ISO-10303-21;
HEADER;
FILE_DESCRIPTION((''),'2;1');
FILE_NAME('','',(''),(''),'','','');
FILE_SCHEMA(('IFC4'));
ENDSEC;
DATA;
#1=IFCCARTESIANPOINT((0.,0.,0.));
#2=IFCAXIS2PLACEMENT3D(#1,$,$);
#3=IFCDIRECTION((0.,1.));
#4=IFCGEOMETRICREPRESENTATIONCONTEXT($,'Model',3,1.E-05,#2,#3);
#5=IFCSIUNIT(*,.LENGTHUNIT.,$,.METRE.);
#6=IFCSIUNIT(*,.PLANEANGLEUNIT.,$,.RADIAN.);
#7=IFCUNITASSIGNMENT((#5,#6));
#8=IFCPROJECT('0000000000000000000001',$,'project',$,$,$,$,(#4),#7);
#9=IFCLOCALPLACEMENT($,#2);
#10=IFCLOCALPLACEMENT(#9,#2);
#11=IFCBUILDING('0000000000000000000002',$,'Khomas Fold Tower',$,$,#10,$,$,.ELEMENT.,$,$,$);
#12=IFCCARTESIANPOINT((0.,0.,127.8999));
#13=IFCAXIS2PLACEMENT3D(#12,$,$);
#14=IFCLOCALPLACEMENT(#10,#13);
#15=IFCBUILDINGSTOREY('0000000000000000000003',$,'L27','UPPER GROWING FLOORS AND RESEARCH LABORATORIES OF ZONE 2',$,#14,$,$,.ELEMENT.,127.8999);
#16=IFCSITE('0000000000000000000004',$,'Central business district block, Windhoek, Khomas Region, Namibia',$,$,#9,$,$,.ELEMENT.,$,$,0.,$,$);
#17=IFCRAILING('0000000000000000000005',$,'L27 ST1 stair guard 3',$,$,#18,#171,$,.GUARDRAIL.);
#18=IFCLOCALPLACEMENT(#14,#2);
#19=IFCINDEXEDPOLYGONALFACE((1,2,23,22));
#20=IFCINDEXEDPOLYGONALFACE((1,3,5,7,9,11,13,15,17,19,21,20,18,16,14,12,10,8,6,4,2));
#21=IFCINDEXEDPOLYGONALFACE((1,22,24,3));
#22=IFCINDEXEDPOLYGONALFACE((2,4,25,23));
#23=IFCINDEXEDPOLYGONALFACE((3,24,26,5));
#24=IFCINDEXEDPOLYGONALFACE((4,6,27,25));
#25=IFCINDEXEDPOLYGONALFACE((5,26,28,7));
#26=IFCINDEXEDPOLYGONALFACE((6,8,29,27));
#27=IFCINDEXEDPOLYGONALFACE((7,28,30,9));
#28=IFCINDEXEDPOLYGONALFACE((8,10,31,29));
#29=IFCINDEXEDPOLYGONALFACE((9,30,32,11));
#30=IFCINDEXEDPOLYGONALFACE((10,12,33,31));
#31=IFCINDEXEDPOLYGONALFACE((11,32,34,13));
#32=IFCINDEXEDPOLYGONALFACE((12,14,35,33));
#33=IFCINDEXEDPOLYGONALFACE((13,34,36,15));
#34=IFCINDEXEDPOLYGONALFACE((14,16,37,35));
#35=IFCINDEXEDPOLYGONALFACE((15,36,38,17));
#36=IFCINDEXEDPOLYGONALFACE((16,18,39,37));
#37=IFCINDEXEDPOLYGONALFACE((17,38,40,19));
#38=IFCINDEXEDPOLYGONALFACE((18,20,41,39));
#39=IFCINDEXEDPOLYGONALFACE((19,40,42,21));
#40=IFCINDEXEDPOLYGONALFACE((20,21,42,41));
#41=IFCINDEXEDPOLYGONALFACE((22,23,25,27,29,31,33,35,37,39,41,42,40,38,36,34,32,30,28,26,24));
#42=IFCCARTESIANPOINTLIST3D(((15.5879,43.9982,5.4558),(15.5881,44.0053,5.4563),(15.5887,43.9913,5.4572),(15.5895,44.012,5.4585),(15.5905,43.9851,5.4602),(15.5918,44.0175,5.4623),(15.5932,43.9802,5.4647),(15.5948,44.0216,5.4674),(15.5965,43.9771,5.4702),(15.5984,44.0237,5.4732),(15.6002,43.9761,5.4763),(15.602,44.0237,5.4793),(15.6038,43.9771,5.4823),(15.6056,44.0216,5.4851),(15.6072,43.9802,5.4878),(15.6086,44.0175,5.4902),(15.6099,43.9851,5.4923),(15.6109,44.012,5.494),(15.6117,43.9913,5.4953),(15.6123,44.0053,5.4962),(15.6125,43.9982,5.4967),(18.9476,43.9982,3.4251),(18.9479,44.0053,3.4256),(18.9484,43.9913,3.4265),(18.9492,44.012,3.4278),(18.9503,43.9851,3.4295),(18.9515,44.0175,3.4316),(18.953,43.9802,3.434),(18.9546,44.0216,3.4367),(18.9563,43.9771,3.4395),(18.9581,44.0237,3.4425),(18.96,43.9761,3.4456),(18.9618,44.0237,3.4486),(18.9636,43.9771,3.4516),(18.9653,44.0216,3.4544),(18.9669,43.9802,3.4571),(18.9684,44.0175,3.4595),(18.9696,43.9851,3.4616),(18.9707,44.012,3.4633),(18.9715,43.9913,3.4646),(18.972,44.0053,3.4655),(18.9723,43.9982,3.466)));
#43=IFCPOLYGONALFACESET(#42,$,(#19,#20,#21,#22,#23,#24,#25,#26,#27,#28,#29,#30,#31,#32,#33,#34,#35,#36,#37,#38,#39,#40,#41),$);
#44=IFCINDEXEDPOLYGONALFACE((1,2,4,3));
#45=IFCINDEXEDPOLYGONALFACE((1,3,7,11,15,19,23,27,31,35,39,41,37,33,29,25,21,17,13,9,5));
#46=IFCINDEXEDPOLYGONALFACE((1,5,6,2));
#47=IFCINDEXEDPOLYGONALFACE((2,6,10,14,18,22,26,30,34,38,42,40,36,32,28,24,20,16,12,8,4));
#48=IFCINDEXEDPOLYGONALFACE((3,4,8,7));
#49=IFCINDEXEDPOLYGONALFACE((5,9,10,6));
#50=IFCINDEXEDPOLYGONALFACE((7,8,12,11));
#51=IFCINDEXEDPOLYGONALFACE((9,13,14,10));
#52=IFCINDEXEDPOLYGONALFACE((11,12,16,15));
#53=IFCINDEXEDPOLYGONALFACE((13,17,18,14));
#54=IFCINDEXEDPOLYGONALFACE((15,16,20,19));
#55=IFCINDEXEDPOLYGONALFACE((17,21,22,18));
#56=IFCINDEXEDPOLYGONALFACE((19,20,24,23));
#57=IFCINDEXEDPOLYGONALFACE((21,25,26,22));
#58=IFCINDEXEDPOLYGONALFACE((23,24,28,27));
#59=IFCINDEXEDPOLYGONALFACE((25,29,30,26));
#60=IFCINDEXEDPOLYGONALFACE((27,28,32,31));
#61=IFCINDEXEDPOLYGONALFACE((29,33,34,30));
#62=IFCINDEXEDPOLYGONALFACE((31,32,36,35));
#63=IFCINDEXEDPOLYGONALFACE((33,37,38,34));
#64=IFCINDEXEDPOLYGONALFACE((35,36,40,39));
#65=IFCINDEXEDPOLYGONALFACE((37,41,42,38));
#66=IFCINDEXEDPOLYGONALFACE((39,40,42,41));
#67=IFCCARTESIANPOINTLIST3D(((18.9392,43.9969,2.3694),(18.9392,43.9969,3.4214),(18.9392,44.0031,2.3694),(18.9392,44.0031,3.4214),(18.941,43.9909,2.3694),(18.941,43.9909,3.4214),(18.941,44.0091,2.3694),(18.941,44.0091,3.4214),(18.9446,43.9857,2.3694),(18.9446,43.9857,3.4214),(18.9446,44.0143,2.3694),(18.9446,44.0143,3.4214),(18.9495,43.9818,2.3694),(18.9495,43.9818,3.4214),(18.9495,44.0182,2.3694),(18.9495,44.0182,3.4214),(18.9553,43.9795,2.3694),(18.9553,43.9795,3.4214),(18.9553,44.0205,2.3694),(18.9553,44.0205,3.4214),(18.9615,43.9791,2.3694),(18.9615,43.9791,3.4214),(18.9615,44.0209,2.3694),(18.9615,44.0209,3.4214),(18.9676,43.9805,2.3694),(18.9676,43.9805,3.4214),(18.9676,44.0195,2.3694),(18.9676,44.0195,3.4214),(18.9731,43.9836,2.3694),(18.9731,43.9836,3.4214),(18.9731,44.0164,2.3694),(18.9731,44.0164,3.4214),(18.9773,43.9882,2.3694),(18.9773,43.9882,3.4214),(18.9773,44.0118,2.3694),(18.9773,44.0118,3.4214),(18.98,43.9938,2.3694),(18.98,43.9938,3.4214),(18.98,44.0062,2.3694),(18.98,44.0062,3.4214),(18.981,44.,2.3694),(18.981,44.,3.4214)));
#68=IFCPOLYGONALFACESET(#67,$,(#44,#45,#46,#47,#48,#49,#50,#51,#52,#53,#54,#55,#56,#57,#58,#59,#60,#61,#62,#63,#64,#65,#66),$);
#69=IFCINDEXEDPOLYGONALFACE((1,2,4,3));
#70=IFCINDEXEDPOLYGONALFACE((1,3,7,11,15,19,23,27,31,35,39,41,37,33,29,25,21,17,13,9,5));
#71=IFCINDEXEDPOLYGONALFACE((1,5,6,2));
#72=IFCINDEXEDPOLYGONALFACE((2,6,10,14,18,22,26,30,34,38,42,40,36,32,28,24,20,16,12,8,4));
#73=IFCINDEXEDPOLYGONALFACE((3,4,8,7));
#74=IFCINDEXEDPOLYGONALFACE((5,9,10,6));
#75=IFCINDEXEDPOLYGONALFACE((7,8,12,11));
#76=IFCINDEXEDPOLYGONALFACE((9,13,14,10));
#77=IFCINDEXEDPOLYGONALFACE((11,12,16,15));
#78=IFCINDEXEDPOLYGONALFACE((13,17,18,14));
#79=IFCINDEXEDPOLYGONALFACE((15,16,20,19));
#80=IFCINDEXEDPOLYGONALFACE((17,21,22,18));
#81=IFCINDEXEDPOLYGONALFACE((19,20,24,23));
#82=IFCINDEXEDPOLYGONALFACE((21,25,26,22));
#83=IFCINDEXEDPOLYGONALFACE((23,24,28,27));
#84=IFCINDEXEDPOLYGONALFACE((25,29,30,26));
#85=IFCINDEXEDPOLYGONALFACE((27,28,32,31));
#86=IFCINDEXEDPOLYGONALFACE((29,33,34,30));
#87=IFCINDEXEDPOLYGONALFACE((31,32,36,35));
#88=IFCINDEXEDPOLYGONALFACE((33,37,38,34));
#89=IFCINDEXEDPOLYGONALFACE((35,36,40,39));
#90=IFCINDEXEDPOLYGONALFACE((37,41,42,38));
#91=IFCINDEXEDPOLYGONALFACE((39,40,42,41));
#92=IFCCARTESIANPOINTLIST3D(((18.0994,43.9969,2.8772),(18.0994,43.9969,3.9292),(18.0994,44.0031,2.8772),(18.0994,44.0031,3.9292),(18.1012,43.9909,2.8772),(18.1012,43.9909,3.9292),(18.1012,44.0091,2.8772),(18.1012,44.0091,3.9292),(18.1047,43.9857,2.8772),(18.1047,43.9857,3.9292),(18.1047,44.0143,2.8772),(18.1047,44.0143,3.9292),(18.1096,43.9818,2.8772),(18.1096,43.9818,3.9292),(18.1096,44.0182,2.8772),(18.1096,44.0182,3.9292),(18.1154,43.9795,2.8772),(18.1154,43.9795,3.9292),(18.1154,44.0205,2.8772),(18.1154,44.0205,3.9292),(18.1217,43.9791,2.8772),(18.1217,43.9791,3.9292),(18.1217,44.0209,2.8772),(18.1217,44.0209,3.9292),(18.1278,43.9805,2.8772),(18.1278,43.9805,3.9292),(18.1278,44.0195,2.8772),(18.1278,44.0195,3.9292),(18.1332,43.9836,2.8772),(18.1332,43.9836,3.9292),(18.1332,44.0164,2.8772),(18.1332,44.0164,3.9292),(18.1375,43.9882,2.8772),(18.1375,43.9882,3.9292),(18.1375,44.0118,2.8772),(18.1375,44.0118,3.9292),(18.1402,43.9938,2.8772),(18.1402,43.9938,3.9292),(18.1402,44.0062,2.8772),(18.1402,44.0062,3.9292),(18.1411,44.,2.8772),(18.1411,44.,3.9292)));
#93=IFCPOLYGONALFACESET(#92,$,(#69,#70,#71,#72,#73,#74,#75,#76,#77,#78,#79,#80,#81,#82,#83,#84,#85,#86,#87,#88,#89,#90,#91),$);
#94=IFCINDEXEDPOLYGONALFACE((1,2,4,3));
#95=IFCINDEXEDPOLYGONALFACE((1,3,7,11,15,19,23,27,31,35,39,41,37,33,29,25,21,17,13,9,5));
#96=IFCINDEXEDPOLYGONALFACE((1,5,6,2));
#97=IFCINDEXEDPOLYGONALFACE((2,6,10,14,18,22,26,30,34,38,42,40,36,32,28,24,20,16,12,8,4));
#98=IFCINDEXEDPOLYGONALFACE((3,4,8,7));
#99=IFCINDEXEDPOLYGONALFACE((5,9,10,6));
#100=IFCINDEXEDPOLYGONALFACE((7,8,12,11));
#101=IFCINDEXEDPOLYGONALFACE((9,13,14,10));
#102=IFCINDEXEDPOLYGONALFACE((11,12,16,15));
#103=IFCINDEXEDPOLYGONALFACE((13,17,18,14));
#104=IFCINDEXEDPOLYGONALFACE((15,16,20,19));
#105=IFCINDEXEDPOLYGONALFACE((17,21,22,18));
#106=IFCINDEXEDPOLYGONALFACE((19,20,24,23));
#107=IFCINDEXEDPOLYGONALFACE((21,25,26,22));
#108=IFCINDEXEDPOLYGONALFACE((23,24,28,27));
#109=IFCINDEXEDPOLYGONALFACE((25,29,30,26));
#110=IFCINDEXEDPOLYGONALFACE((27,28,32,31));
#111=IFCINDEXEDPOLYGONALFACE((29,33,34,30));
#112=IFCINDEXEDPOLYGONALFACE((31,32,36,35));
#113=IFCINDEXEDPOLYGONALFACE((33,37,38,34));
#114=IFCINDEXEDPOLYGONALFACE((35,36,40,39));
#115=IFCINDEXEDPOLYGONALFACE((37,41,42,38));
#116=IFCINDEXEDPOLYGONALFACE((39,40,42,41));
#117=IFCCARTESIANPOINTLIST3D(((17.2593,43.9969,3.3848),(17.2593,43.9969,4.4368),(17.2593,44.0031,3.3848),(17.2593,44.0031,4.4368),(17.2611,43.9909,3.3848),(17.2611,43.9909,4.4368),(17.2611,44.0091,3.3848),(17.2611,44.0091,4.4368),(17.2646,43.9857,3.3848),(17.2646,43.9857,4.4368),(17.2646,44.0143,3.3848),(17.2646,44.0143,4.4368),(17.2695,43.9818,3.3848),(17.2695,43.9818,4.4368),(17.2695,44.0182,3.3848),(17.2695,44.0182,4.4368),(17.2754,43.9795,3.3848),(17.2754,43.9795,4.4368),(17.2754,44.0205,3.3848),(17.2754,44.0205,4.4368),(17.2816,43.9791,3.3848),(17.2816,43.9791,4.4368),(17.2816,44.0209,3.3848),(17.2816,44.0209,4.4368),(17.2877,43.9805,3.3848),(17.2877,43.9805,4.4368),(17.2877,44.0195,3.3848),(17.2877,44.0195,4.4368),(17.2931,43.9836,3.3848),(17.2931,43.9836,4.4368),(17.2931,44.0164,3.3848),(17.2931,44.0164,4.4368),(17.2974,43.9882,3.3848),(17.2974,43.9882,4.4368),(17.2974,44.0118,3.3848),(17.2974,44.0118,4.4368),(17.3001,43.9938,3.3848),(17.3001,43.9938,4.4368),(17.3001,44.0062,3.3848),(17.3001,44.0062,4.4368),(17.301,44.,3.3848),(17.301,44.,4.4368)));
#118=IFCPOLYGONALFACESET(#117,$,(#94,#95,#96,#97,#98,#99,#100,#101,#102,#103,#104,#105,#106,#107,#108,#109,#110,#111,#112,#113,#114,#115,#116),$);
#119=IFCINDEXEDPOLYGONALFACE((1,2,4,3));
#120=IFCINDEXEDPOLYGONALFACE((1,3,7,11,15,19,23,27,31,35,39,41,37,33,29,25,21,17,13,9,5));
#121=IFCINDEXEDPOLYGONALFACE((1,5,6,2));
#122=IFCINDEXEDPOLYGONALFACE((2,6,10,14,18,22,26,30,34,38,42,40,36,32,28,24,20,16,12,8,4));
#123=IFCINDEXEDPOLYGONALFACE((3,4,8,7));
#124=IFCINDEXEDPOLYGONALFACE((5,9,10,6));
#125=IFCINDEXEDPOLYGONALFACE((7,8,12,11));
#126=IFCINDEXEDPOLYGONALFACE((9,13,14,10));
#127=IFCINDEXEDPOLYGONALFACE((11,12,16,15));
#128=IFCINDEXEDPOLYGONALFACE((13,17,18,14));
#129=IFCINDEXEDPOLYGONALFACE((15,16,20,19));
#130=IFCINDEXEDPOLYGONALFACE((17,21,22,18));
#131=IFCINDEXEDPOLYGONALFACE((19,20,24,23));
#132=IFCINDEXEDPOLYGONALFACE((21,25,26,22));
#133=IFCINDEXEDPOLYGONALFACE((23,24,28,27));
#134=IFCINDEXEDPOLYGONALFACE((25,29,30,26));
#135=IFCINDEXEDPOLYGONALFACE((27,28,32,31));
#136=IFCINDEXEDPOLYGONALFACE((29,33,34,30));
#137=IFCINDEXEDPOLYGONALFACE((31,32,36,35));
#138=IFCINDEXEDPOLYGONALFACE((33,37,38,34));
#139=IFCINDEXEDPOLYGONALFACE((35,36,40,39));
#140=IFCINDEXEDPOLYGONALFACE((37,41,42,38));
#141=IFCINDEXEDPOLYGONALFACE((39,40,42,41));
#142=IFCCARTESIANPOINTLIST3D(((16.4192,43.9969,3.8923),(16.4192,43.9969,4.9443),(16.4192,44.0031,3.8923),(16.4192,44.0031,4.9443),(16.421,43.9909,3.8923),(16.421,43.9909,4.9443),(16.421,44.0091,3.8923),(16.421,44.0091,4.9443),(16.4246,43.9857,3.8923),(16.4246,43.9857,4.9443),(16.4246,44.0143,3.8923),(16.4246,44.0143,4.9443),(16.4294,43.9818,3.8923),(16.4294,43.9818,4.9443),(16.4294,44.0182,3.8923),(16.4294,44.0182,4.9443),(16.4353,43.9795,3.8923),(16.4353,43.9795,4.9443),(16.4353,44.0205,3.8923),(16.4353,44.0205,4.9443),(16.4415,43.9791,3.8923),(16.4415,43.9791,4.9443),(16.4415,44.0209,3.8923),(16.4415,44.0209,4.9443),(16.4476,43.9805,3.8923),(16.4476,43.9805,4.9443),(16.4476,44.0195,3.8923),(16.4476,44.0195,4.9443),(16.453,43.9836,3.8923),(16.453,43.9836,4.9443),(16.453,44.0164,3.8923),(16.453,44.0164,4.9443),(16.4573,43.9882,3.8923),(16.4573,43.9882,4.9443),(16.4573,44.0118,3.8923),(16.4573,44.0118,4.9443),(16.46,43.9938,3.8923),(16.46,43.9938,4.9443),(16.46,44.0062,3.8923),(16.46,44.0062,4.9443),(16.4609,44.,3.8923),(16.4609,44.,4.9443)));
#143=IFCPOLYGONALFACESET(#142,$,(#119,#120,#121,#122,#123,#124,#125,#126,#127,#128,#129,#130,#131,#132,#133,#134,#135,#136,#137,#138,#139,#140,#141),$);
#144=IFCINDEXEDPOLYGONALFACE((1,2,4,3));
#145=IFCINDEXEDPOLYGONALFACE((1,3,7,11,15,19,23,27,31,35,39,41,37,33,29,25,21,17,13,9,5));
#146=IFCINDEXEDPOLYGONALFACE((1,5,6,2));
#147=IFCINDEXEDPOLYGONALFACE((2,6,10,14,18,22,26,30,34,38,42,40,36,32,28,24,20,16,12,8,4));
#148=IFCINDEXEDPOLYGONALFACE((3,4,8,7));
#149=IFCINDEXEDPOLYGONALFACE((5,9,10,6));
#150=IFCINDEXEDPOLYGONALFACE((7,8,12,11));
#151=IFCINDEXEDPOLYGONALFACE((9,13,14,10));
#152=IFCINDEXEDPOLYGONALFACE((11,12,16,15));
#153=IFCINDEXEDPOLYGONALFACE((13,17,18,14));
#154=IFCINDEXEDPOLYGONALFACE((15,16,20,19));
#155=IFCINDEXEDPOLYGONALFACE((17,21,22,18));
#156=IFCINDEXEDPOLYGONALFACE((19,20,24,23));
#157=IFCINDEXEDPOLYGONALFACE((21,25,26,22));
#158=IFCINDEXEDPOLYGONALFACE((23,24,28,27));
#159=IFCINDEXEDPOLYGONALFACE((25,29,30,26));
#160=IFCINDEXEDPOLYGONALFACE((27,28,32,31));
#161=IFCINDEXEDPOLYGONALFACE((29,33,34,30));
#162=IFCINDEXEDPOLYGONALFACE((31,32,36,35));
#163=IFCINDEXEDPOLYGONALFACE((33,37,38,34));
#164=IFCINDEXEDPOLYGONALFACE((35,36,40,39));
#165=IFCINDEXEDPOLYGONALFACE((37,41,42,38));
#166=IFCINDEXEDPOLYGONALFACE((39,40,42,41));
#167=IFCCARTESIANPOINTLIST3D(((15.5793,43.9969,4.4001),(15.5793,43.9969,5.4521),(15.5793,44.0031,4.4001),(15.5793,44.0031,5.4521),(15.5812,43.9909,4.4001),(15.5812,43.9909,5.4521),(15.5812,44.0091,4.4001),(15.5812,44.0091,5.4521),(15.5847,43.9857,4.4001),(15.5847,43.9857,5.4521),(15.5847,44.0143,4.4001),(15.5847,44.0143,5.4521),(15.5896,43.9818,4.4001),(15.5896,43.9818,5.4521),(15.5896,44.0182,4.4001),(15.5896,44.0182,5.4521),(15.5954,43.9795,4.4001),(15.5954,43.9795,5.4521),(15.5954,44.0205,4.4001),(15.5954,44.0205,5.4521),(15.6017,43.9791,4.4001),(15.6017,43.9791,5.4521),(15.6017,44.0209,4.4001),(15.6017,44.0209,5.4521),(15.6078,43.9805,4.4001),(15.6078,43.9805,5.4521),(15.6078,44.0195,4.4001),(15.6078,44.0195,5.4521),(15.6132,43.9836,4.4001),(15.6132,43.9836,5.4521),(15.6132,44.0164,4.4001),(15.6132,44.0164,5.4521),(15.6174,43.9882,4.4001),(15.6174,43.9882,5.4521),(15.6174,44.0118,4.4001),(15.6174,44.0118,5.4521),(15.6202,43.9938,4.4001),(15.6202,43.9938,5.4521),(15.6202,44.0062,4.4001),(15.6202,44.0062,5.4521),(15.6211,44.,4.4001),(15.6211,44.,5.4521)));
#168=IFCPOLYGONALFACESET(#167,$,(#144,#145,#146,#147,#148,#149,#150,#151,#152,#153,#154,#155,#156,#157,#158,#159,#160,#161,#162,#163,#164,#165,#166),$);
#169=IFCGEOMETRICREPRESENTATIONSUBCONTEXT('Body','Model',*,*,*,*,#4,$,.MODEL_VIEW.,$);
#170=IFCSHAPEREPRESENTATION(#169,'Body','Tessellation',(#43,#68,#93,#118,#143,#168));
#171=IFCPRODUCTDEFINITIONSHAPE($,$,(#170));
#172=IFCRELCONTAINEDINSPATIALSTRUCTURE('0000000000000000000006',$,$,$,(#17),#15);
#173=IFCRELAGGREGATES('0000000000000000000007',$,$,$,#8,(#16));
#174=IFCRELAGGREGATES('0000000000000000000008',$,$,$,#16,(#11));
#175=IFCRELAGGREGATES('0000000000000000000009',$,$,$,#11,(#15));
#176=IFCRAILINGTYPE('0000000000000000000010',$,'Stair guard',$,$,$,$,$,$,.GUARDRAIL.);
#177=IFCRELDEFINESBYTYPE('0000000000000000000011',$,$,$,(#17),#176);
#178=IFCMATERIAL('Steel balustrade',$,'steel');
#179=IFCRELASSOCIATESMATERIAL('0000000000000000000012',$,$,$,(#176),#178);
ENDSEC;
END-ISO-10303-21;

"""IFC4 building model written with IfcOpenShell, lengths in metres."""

from ifc_helpers import new_model, si_unit, direction, frame, origin, origin_2d, place, context, subcontext, project, spatial, circle, extrude, source, transform, mapped, material, type_object, element, save


model = new_model("IFC4")

# Units and contexts
model_context = context("Model", 3, precision=1e-05, world=origin(), true_north=direction((0.0, 1.0)))
body_context = subcontext(model_context, "Body", "Model", "MODEL_VIEW")
ifc_project = project(units=[si_unit("LENGTHUNIT", "METRE"), si_unit("PLANEANGLEUNIT", "RADIAN")], contexts=[model_context])

# Site, building, storey
site_placement = place(None, origin())
site = spatial("IfcSite", under=ifc_project, at=site_placement, Name="Central business district block, Windhoek, Khomas Region, Namibia", CompositionType="ELEMENT", RefElevation=0.0)
building_placement = place(site_placement, origin())
building = spatial("IfcBuilding", under=site, at=building_placement, Name="Khomas Fold Tower", CompositionType="ELEMENT")
storey_placement = place(building_placement, frame((0.0, 0.0, 127.8999)))
storey = spatial("IfcBuildingStorey", under=building, at=storey_placement, Name="L27", Description="UPPER GROWING FLOORS AND RESEARCH LABORATORIES OF ZONE 2", CompositionType="ELEMENT", Elevation=127.8999)

# Railing
ifc_material_1 = material(Name="Steel balustrade", Category="steel")
railing_type_1 = type_object("IfcRailingType", Name="Stair guard", PredefinedType="GUARDRAIL", material=ifc_material_1)
shared_shape_1 = source(origin(), body_context, "Body", "SweptSolid", [
    extrude(circle(Radius=0.0239, at=origin_2d()), frame((0.0, 0.0, 1.0762), z_axis=(-0.85582, 0.0, 0.517273), x_axis=(0.0, -1.0, 0.0)), (0.0, 0.0, 1.0), 3.9258),
    extrude(circle(Radius=0.021, at=origin_2d()), origin(), (0.0, 0.0, 1.0), 1.052),
    extrude(circle(Radius=0.021, at=origin_2d()), frame((-0.8398, 0.0, 0.5078)), (0.0, 0.0, 1.0), 1.052),
    extrude(circle(Radius=0.021, at=origin_2d()), frame((-1.6799, 0.0, 1.0154)), (0.0, 0.0, 1.0), 1.052),
    extrude(circle(Radius=0.021, at=origin_2d()), frame((-2.52, 0.0, 1.5229)), (0.0, 0.0, 1.0), 1.052),
    extrude(circle(Radius=0.021, at=origin_2d()), frame((-3.3599, 0.0, 2.0308)), (0.0, 0.0, 1.0), 1.052),
])
railing_1_placement = place(storey_placement, frame((18.96, 44.0, 2.3694)))
element("IfcRailing", 1, at=railing_1_placement, inside=storey, type_object=railing_type_1, Name="L27 ST1 stair guard 3", PredefinedType="GUARDRAIL", context=body_context, shape_type="MappedRepresentation", body=[
    mapped(shared_shape_1, transform((0.0, 0.0, 0.0))),
])

save(model, "model.ifc")
